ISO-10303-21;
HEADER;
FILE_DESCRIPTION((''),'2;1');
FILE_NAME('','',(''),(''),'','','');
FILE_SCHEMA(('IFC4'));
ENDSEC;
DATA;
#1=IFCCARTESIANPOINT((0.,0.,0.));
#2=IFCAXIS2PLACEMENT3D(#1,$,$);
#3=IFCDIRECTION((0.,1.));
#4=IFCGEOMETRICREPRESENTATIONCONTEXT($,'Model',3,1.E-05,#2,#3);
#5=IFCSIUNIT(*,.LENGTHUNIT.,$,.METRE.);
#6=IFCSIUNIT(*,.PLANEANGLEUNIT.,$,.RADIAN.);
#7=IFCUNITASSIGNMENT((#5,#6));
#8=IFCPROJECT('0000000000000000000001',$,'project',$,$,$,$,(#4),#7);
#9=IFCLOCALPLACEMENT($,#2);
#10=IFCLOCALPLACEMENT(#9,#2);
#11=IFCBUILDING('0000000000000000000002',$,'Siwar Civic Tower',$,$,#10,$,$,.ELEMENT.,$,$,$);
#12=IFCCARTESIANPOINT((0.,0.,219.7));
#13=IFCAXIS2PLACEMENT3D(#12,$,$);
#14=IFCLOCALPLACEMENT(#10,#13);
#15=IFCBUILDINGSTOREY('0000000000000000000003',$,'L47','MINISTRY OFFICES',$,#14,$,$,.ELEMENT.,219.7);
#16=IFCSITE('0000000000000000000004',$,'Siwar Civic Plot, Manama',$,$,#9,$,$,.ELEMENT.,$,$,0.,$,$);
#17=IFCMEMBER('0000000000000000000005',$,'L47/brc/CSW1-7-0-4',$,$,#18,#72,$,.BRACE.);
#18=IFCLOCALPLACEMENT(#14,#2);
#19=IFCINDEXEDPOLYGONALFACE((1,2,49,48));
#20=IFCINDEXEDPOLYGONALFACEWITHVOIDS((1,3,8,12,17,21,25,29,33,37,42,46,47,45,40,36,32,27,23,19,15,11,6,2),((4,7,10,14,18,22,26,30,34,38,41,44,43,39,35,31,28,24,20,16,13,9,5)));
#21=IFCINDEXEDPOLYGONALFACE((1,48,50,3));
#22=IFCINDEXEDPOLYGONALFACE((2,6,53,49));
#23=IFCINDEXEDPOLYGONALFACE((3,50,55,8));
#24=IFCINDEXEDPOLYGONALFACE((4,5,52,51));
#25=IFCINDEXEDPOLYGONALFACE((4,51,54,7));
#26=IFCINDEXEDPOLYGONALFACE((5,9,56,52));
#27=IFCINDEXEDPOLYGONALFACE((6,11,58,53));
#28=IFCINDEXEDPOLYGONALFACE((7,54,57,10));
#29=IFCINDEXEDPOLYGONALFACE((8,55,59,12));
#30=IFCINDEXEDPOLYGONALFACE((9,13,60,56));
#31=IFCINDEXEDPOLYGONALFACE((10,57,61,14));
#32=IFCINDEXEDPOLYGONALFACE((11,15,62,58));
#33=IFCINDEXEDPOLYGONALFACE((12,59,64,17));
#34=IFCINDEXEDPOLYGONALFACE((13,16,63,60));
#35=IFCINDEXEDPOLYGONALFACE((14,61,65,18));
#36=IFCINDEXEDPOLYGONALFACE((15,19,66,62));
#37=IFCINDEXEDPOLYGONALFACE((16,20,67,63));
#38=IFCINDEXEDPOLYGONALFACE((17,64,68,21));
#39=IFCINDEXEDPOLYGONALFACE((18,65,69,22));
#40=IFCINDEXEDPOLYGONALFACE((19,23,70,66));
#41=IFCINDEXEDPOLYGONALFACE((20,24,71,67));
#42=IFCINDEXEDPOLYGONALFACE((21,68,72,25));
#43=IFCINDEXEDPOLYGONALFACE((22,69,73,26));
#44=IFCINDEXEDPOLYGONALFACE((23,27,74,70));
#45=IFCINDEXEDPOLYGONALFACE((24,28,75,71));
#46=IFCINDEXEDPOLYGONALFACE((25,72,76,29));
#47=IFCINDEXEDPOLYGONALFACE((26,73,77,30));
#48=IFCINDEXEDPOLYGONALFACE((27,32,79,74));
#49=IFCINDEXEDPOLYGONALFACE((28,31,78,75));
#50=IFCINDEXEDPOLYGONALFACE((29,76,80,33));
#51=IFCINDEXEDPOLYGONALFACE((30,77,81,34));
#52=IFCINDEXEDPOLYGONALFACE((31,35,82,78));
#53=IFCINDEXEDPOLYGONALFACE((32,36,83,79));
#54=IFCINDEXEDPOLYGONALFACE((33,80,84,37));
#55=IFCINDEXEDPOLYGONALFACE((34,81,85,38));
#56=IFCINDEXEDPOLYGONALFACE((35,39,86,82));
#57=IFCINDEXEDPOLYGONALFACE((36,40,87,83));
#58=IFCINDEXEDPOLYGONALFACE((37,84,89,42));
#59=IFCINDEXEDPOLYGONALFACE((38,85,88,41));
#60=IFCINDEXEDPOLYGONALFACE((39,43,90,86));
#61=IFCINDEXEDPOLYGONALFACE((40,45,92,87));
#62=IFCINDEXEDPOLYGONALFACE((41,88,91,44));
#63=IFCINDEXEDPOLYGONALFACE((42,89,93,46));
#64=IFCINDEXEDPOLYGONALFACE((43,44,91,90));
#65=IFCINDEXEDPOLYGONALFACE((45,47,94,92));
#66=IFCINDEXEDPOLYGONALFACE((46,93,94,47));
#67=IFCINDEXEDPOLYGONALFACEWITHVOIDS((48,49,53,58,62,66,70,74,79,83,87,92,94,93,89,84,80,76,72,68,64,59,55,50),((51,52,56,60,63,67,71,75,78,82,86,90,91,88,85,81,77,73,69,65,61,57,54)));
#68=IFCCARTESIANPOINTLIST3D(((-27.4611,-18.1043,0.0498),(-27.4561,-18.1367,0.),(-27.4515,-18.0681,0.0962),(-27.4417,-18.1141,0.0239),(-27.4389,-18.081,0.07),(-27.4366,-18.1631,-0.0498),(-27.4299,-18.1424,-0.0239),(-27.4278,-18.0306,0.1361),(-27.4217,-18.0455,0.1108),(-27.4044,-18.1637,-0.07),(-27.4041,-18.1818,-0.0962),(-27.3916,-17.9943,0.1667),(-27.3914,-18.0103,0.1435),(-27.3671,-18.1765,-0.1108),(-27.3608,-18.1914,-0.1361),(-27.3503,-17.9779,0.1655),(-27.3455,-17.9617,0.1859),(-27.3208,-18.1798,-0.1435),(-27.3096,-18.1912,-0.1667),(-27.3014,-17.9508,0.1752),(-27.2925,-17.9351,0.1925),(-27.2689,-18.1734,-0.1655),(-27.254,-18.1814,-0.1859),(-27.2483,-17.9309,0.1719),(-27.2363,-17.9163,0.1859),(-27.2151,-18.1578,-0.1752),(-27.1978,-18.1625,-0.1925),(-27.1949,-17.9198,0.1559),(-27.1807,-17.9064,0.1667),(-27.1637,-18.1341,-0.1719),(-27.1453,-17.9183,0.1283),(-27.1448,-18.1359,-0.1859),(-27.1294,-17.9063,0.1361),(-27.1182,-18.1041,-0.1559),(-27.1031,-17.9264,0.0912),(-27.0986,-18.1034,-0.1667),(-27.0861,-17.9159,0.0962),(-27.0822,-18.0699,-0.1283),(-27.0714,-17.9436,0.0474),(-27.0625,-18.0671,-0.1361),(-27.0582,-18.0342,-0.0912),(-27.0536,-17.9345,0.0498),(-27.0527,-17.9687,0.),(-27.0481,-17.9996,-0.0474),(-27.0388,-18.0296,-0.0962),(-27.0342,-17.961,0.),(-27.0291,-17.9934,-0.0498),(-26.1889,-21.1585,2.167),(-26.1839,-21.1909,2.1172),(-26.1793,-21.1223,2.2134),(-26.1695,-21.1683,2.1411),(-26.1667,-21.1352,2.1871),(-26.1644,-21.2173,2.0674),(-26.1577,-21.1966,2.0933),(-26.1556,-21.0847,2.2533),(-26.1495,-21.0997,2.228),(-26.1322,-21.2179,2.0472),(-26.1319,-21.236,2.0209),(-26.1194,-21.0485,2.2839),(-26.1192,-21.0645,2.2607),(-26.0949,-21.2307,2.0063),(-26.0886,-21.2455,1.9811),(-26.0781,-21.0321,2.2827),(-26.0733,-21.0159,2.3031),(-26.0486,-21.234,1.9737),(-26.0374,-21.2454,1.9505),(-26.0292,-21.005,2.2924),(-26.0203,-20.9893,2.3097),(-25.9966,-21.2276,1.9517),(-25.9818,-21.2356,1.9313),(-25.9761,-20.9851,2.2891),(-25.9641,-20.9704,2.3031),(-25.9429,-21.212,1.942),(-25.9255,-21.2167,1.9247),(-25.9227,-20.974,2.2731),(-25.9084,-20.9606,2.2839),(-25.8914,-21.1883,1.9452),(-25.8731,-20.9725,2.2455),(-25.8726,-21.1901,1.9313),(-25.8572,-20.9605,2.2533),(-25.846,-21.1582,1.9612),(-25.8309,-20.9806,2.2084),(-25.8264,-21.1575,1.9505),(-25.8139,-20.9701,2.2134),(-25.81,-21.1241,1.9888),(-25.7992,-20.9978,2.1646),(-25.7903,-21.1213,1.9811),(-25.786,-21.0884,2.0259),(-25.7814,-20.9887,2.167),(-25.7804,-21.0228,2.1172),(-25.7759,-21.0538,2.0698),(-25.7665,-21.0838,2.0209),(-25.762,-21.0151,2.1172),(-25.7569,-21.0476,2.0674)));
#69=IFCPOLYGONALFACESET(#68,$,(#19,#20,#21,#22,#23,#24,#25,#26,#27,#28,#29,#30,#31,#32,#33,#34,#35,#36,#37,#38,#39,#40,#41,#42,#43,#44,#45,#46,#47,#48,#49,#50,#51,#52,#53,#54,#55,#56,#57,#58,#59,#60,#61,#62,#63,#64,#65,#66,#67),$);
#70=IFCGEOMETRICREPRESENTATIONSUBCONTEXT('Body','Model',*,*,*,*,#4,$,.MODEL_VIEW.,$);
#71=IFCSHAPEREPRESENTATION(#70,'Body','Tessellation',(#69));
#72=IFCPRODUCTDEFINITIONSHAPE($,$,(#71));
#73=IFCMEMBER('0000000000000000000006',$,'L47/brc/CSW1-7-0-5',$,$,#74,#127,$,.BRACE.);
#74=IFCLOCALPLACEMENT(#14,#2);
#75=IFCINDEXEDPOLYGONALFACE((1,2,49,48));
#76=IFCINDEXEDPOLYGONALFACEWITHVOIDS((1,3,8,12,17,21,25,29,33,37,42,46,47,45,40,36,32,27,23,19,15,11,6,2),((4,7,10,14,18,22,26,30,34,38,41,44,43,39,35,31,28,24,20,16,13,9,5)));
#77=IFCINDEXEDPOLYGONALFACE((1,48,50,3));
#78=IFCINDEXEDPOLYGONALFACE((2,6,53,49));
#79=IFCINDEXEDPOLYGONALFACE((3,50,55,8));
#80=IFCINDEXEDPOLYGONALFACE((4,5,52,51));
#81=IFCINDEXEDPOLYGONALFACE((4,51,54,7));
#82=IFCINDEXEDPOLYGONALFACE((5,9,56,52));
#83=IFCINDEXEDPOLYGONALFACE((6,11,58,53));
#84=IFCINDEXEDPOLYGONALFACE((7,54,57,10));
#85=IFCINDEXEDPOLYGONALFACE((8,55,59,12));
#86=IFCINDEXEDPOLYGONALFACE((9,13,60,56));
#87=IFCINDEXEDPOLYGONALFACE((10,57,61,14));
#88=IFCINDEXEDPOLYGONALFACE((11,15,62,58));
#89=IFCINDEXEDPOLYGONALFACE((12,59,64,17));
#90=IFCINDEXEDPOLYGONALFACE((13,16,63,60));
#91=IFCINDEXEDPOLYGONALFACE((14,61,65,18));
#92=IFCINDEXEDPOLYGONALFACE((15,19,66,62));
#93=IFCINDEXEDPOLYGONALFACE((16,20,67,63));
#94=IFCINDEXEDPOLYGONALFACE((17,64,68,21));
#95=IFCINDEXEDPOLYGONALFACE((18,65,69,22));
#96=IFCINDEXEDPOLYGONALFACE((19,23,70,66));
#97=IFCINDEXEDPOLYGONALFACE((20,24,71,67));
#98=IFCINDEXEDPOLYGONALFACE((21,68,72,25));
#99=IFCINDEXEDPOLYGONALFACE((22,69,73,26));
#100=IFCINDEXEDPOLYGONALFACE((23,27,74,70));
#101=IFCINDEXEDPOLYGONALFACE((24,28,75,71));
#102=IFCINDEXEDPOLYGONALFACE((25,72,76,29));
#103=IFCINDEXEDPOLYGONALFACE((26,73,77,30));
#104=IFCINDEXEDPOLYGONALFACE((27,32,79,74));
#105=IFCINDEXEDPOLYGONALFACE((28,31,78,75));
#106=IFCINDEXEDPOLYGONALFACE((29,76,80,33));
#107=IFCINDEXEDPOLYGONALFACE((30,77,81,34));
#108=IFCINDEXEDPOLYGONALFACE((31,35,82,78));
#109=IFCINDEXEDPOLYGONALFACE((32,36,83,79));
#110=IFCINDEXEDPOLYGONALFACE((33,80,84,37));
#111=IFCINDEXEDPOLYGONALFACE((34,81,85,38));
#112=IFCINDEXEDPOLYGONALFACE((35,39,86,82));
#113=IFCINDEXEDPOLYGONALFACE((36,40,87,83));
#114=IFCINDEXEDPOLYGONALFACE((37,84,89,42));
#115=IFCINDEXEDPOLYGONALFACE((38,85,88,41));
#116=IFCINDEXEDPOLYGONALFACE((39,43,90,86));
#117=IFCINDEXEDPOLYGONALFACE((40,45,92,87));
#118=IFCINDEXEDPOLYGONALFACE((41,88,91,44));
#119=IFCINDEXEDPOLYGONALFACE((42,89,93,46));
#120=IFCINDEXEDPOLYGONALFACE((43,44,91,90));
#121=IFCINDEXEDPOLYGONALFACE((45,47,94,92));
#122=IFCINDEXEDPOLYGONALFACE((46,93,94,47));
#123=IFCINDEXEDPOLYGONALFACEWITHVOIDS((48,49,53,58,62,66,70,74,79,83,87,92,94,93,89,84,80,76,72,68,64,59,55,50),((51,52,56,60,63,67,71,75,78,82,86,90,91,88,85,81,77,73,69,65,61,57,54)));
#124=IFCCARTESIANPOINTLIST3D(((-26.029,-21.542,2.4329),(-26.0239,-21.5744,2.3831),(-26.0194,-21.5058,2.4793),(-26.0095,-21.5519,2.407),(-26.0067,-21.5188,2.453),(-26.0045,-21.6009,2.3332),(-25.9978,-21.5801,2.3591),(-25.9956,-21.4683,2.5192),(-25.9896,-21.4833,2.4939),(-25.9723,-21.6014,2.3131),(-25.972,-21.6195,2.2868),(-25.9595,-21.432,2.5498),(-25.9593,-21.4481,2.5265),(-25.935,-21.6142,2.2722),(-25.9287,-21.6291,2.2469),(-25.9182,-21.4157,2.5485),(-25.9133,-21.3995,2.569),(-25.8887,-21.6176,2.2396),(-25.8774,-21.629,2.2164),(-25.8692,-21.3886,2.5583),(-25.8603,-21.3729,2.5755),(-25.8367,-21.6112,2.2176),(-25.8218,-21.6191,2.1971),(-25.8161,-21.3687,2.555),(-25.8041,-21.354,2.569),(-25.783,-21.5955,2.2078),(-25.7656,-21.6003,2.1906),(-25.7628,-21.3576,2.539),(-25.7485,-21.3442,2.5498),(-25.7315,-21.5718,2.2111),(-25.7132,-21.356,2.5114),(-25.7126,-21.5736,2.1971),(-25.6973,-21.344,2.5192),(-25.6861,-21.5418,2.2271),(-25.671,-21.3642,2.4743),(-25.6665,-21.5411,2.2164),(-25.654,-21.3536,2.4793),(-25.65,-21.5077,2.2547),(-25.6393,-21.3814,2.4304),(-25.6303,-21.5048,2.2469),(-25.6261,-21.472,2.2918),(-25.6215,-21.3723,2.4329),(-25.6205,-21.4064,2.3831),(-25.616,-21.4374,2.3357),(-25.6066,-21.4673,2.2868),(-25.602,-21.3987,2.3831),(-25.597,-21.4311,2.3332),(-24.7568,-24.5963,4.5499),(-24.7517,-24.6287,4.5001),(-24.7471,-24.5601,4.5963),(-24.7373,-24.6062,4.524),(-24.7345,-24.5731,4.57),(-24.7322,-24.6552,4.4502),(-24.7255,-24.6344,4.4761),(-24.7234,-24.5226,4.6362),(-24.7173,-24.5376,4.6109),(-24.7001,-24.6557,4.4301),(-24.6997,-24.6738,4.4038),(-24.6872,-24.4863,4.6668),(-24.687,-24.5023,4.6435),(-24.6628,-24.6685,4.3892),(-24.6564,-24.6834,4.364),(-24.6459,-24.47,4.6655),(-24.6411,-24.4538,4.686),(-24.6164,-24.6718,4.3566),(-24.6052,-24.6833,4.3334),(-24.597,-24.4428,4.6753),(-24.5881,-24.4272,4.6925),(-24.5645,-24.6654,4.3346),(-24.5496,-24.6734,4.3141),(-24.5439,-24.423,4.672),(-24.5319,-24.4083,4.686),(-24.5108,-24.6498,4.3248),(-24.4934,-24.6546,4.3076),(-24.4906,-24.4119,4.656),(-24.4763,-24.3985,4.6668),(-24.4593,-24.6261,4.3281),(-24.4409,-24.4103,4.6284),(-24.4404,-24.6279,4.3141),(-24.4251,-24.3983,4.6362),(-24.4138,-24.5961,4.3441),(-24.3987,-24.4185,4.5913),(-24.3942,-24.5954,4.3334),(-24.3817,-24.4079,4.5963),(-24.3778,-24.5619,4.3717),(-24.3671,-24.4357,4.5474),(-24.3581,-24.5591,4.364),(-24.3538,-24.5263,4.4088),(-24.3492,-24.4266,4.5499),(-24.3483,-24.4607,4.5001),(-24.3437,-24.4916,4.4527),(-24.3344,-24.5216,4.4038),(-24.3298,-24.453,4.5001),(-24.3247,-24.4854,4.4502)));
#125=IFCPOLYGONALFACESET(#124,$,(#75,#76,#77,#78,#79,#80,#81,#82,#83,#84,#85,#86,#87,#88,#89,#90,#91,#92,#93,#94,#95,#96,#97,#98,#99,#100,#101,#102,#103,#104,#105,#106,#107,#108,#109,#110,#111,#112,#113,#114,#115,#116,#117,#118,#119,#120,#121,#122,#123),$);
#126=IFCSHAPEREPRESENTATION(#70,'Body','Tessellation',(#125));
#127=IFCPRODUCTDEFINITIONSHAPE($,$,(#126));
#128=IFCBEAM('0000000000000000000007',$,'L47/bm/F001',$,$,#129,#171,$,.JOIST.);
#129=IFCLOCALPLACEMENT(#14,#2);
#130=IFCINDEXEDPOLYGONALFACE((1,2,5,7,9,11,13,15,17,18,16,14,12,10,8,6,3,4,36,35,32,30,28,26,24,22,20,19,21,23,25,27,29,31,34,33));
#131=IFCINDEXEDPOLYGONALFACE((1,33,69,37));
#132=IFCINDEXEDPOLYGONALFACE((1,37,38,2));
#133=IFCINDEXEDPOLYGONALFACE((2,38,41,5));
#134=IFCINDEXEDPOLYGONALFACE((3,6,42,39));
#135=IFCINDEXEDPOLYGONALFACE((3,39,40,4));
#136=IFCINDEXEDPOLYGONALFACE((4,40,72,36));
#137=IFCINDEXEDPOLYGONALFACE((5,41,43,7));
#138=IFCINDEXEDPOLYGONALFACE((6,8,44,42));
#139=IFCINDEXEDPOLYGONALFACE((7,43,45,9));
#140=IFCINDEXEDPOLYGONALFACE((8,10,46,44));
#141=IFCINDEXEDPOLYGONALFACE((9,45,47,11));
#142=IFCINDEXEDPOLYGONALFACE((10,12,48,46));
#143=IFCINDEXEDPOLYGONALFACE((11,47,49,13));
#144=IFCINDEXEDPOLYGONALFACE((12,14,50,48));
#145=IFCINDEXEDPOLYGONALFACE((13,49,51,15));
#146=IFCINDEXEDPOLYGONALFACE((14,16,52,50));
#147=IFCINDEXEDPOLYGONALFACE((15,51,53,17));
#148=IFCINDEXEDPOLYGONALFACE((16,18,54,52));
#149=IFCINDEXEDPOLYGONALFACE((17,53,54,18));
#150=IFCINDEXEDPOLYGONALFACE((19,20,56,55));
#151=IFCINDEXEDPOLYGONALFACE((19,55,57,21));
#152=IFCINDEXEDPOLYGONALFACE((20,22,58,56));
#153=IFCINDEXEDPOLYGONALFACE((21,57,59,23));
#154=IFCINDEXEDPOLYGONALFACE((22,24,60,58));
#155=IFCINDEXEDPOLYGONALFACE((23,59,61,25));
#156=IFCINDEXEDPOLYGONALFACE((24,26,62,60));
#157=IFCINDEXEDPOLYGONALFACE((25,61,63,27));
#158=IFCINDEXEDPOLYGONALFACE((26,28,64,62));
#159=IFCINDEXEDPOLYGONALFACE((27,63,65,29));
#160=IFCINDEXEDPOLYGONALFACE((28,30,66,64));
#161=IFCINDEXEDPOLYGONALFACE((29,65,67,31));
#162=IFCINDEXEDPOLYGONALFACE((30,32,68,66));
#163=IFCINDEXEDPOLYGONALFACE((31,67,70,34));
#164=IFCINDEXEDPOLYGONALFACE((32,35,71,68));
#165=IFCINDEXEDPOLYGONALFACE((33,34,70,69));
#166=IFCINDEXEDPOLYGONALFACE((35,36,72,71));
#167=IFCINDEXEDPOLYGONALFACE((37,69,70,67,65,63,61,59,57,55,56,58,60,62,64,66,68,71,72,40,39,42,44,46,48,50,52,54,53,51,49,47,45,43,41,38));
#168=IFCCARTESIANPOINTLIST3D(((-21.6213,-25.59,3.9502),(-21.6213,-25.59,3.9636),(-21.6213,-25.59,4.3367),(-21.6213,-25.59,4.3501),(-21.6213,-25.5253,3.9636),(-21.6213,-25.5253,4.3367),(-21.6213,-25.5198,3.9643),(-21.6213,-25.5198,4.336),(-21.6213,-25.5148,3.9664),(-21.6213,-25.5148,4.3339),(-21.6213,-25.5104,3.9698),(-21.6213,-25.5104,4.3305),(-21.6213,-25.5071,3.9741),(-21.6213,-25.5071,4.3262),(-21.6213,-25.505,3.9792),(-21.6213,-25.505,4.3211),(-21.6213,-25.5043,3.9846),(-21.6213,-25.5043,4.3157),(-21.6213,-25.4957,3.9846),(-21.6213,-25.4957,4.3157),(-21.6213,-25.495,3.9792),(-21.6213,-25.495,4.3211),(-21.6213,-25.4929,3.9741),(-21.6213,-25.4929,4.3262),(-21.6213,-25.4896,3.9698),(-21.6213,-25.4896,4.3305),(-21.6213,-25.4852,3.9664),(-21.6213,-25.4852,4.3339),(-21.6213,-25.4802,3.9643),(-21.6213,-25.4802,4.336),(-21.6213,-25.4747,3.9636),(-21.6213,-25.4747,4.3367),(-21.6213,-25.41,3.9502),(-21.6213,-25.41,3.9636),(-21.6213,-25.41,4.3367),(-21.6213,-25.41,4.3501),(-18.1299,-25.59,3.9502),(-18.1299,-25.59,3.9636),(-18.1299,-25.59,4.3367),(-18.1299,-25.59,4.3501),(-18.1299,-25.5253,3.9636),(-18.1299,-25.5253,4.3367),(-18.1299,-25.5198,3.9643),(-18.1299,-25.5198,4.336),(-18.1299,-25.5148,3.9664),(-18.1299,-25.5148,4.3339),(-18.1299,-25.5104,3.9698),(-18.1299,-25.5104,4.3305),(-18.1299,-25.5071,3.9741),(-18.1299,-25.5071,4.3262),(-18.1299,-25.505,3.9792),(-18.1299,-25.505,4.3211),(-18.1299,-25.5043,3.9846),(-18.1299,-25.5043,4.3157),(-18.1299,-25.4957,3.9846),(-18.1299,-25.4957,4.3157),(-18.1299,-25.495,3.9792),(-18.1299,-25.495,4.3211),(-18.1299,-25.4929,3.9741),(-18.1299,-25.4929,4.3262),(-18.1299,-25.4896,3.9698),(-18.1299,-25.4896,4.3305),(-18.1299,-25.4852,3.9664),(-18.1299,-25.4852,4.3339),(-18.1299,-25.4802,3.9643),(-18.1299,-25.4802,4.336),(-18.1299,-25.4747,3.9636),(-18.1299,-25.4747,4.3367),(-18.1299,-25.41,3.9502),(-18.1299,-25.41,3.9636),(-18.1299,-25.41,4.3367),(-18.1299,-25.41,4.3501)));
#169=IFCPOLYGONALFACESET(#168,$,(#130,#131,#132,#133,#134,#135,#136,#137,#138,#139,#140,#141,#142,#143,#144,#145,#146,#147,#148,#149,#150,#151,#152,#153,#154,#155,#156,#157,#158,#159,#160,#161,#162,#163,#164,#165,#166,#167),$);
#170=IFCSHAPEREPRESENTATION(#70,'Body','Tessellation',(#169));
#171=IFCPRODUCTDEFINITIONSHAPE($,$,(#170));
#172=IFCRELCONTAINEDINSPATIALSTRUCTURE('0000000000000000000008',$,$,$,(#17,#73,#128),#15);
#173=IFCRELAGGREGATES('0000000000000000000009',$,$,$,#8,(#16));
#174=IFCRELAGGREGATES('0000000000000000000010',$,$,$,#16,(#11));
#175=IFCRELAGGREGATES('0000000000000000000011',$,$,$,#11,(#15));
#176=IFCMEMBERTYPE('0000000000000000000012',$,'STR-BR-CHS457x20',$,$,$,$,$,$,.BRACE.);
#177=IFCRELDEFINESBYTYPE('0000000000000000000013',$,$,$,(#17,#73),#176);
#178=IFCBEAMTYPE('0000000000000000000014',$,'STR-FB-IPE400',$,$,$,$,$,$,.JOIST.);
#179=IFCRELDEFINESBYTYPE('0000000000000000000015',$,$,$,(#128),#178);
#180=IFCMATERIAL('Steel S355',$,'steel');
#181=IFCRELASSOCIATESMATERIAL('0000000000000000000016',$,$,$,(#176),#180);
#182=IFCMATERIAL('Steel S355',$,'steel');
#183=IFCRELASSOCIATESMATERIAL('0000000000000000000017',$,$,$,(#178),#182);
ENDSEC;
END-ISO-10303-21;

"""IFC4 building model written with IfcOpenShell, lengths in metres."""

from ifc_helpers import new_model, si_unit, direction, frame, origin, origin_2d, place, context, subcontext, project, spatial, hollow_circle, i_section, extrude, material, material_profile, profile_set, type_object, element, save


model = new_model("IFC4")

# Units and contexts
model_context = context("Model", 3, precision=1e-05, world=origin(), true_north=direction((0.0, 1.0)))
body_context = subcontext(model_context, "Body", "Model", "MODEL_VIEW")
ifc_project = project(units=[si_unit("LENGTHUNIT", "METRE"), si_unit("PLANEANGLEUNIT", "RADIAN")], contexts=[model_context])

# Site, building, storey
site_placement = place(None, origin())
site = spatial("IfcSite", under=ifc_project, at=site_placement, Name="Siwar Civic Plot, Manama", CompositionType="ELEMENT", RefElevation=0.0)
building_placement = place(site_placement, origin())
building = spatial("IfcBuilding", under=site, at=building_placement, Name="Siwar Civic Tower", CompositionType="ELEMENT")
storey_placement = place(building_placement, frame((0.0, 0.0, 219.7)))
storey = spatial("IfcBuildingStorey", under=building, at=storey_placement, Name="L47", Description="MINISTRY OFFICES", CompositionType="ELEMENT", Elevation=219.7)

# Members
ifc_material_1 = material(Name="Steel S355", Category="steel")
ifc_material_profile_1 = material_profile(ifc_material_1, hollow_circle(Radius=0.2285, WallThickness=0.02, at=origin_2d()), Name="CHS457x20")
ifc_profile_set_1 = profile_set([ifc_material_profile_1], Name="Steel S355")
member_type_1 = type_object("IfcMemberType", Name="STR-BR-CHS457x20", PredefinedType="BRACE", material=ifc_profile_set_1)
for number, where, z_axis, x_axis, name in (
    (1, (-27.2451, -18.0488, 0.0), (0.323884, -0.777546, 0.538999), (0.923116, 0.384521, 0.0), "L47/brc/CSW1-7-0-4"),
    (2, (-25.813, -21.4866, 2.3831), (0.323895, -0.777572, 0.538955), (0.923116, 0.384521, 0.0), "L47/brc/CSW1-7-0-5"),
):
    element("IfcMember", number, at=place(storey_placement, frame(where, z_axis=z_axis, x_axis=x_axis)), inside=storey, type_object=member_type_1, Name=name, PredefinedType="BRACE", context=body_context, shape_type="SweptSolid", body=[
        extrude(hollow_circle(Radius=0.2285, WallThickness=0.02, at=origin_2d()), origin(), (0.0, 0.0, 1.0), 3.928),
    ])

# Beam
ifc_material_2 = material(Name="Steel S355", Category="steel")
ifc_material_profile_2 = material_profile(ifc_material_2, i_section(OverallWidth=0.1799, OverallDepth=0.3999, WebThickness=0.0085, FlangeThickness=0.0134, FilletRadius=0.021, at=origin_2d()), Name="IPE400")
ifc_profile_set_2 = profile_set([ifc_material_profile_2], Name="Steel S355")
beam_type_1 = type_object("IfcBeamType", Name="STR-FB-IPE400", PredefinedType="JOIST", material=ifc_profile_set_2)
beam_1_placement = place(storey_placement, frame((-21.6213, -25.5, 4.1501), z_axis=(1.0, 0.0, 0.0), x_axis=(0.0, 1.0, 0.0)))
element("IfcBeam", 3, at=beam_1_placement, inside=storey, type_object=beam_type_1, Name="L47/bm/F001", PredefinedType="JOIST", context=body_context, shape_type="SweptSolid", body=[
    extrude(i_section(OverallWidth=0.1799, OverallDepth=0.3999, WebThickness=0.0085, FlangeThickness=0.0134, FilletRadius=0.021, at=origin_2d()), origin(), (0.0, 0.0, 1.0), 3.4915),
])

save(model, "model.ifc")
